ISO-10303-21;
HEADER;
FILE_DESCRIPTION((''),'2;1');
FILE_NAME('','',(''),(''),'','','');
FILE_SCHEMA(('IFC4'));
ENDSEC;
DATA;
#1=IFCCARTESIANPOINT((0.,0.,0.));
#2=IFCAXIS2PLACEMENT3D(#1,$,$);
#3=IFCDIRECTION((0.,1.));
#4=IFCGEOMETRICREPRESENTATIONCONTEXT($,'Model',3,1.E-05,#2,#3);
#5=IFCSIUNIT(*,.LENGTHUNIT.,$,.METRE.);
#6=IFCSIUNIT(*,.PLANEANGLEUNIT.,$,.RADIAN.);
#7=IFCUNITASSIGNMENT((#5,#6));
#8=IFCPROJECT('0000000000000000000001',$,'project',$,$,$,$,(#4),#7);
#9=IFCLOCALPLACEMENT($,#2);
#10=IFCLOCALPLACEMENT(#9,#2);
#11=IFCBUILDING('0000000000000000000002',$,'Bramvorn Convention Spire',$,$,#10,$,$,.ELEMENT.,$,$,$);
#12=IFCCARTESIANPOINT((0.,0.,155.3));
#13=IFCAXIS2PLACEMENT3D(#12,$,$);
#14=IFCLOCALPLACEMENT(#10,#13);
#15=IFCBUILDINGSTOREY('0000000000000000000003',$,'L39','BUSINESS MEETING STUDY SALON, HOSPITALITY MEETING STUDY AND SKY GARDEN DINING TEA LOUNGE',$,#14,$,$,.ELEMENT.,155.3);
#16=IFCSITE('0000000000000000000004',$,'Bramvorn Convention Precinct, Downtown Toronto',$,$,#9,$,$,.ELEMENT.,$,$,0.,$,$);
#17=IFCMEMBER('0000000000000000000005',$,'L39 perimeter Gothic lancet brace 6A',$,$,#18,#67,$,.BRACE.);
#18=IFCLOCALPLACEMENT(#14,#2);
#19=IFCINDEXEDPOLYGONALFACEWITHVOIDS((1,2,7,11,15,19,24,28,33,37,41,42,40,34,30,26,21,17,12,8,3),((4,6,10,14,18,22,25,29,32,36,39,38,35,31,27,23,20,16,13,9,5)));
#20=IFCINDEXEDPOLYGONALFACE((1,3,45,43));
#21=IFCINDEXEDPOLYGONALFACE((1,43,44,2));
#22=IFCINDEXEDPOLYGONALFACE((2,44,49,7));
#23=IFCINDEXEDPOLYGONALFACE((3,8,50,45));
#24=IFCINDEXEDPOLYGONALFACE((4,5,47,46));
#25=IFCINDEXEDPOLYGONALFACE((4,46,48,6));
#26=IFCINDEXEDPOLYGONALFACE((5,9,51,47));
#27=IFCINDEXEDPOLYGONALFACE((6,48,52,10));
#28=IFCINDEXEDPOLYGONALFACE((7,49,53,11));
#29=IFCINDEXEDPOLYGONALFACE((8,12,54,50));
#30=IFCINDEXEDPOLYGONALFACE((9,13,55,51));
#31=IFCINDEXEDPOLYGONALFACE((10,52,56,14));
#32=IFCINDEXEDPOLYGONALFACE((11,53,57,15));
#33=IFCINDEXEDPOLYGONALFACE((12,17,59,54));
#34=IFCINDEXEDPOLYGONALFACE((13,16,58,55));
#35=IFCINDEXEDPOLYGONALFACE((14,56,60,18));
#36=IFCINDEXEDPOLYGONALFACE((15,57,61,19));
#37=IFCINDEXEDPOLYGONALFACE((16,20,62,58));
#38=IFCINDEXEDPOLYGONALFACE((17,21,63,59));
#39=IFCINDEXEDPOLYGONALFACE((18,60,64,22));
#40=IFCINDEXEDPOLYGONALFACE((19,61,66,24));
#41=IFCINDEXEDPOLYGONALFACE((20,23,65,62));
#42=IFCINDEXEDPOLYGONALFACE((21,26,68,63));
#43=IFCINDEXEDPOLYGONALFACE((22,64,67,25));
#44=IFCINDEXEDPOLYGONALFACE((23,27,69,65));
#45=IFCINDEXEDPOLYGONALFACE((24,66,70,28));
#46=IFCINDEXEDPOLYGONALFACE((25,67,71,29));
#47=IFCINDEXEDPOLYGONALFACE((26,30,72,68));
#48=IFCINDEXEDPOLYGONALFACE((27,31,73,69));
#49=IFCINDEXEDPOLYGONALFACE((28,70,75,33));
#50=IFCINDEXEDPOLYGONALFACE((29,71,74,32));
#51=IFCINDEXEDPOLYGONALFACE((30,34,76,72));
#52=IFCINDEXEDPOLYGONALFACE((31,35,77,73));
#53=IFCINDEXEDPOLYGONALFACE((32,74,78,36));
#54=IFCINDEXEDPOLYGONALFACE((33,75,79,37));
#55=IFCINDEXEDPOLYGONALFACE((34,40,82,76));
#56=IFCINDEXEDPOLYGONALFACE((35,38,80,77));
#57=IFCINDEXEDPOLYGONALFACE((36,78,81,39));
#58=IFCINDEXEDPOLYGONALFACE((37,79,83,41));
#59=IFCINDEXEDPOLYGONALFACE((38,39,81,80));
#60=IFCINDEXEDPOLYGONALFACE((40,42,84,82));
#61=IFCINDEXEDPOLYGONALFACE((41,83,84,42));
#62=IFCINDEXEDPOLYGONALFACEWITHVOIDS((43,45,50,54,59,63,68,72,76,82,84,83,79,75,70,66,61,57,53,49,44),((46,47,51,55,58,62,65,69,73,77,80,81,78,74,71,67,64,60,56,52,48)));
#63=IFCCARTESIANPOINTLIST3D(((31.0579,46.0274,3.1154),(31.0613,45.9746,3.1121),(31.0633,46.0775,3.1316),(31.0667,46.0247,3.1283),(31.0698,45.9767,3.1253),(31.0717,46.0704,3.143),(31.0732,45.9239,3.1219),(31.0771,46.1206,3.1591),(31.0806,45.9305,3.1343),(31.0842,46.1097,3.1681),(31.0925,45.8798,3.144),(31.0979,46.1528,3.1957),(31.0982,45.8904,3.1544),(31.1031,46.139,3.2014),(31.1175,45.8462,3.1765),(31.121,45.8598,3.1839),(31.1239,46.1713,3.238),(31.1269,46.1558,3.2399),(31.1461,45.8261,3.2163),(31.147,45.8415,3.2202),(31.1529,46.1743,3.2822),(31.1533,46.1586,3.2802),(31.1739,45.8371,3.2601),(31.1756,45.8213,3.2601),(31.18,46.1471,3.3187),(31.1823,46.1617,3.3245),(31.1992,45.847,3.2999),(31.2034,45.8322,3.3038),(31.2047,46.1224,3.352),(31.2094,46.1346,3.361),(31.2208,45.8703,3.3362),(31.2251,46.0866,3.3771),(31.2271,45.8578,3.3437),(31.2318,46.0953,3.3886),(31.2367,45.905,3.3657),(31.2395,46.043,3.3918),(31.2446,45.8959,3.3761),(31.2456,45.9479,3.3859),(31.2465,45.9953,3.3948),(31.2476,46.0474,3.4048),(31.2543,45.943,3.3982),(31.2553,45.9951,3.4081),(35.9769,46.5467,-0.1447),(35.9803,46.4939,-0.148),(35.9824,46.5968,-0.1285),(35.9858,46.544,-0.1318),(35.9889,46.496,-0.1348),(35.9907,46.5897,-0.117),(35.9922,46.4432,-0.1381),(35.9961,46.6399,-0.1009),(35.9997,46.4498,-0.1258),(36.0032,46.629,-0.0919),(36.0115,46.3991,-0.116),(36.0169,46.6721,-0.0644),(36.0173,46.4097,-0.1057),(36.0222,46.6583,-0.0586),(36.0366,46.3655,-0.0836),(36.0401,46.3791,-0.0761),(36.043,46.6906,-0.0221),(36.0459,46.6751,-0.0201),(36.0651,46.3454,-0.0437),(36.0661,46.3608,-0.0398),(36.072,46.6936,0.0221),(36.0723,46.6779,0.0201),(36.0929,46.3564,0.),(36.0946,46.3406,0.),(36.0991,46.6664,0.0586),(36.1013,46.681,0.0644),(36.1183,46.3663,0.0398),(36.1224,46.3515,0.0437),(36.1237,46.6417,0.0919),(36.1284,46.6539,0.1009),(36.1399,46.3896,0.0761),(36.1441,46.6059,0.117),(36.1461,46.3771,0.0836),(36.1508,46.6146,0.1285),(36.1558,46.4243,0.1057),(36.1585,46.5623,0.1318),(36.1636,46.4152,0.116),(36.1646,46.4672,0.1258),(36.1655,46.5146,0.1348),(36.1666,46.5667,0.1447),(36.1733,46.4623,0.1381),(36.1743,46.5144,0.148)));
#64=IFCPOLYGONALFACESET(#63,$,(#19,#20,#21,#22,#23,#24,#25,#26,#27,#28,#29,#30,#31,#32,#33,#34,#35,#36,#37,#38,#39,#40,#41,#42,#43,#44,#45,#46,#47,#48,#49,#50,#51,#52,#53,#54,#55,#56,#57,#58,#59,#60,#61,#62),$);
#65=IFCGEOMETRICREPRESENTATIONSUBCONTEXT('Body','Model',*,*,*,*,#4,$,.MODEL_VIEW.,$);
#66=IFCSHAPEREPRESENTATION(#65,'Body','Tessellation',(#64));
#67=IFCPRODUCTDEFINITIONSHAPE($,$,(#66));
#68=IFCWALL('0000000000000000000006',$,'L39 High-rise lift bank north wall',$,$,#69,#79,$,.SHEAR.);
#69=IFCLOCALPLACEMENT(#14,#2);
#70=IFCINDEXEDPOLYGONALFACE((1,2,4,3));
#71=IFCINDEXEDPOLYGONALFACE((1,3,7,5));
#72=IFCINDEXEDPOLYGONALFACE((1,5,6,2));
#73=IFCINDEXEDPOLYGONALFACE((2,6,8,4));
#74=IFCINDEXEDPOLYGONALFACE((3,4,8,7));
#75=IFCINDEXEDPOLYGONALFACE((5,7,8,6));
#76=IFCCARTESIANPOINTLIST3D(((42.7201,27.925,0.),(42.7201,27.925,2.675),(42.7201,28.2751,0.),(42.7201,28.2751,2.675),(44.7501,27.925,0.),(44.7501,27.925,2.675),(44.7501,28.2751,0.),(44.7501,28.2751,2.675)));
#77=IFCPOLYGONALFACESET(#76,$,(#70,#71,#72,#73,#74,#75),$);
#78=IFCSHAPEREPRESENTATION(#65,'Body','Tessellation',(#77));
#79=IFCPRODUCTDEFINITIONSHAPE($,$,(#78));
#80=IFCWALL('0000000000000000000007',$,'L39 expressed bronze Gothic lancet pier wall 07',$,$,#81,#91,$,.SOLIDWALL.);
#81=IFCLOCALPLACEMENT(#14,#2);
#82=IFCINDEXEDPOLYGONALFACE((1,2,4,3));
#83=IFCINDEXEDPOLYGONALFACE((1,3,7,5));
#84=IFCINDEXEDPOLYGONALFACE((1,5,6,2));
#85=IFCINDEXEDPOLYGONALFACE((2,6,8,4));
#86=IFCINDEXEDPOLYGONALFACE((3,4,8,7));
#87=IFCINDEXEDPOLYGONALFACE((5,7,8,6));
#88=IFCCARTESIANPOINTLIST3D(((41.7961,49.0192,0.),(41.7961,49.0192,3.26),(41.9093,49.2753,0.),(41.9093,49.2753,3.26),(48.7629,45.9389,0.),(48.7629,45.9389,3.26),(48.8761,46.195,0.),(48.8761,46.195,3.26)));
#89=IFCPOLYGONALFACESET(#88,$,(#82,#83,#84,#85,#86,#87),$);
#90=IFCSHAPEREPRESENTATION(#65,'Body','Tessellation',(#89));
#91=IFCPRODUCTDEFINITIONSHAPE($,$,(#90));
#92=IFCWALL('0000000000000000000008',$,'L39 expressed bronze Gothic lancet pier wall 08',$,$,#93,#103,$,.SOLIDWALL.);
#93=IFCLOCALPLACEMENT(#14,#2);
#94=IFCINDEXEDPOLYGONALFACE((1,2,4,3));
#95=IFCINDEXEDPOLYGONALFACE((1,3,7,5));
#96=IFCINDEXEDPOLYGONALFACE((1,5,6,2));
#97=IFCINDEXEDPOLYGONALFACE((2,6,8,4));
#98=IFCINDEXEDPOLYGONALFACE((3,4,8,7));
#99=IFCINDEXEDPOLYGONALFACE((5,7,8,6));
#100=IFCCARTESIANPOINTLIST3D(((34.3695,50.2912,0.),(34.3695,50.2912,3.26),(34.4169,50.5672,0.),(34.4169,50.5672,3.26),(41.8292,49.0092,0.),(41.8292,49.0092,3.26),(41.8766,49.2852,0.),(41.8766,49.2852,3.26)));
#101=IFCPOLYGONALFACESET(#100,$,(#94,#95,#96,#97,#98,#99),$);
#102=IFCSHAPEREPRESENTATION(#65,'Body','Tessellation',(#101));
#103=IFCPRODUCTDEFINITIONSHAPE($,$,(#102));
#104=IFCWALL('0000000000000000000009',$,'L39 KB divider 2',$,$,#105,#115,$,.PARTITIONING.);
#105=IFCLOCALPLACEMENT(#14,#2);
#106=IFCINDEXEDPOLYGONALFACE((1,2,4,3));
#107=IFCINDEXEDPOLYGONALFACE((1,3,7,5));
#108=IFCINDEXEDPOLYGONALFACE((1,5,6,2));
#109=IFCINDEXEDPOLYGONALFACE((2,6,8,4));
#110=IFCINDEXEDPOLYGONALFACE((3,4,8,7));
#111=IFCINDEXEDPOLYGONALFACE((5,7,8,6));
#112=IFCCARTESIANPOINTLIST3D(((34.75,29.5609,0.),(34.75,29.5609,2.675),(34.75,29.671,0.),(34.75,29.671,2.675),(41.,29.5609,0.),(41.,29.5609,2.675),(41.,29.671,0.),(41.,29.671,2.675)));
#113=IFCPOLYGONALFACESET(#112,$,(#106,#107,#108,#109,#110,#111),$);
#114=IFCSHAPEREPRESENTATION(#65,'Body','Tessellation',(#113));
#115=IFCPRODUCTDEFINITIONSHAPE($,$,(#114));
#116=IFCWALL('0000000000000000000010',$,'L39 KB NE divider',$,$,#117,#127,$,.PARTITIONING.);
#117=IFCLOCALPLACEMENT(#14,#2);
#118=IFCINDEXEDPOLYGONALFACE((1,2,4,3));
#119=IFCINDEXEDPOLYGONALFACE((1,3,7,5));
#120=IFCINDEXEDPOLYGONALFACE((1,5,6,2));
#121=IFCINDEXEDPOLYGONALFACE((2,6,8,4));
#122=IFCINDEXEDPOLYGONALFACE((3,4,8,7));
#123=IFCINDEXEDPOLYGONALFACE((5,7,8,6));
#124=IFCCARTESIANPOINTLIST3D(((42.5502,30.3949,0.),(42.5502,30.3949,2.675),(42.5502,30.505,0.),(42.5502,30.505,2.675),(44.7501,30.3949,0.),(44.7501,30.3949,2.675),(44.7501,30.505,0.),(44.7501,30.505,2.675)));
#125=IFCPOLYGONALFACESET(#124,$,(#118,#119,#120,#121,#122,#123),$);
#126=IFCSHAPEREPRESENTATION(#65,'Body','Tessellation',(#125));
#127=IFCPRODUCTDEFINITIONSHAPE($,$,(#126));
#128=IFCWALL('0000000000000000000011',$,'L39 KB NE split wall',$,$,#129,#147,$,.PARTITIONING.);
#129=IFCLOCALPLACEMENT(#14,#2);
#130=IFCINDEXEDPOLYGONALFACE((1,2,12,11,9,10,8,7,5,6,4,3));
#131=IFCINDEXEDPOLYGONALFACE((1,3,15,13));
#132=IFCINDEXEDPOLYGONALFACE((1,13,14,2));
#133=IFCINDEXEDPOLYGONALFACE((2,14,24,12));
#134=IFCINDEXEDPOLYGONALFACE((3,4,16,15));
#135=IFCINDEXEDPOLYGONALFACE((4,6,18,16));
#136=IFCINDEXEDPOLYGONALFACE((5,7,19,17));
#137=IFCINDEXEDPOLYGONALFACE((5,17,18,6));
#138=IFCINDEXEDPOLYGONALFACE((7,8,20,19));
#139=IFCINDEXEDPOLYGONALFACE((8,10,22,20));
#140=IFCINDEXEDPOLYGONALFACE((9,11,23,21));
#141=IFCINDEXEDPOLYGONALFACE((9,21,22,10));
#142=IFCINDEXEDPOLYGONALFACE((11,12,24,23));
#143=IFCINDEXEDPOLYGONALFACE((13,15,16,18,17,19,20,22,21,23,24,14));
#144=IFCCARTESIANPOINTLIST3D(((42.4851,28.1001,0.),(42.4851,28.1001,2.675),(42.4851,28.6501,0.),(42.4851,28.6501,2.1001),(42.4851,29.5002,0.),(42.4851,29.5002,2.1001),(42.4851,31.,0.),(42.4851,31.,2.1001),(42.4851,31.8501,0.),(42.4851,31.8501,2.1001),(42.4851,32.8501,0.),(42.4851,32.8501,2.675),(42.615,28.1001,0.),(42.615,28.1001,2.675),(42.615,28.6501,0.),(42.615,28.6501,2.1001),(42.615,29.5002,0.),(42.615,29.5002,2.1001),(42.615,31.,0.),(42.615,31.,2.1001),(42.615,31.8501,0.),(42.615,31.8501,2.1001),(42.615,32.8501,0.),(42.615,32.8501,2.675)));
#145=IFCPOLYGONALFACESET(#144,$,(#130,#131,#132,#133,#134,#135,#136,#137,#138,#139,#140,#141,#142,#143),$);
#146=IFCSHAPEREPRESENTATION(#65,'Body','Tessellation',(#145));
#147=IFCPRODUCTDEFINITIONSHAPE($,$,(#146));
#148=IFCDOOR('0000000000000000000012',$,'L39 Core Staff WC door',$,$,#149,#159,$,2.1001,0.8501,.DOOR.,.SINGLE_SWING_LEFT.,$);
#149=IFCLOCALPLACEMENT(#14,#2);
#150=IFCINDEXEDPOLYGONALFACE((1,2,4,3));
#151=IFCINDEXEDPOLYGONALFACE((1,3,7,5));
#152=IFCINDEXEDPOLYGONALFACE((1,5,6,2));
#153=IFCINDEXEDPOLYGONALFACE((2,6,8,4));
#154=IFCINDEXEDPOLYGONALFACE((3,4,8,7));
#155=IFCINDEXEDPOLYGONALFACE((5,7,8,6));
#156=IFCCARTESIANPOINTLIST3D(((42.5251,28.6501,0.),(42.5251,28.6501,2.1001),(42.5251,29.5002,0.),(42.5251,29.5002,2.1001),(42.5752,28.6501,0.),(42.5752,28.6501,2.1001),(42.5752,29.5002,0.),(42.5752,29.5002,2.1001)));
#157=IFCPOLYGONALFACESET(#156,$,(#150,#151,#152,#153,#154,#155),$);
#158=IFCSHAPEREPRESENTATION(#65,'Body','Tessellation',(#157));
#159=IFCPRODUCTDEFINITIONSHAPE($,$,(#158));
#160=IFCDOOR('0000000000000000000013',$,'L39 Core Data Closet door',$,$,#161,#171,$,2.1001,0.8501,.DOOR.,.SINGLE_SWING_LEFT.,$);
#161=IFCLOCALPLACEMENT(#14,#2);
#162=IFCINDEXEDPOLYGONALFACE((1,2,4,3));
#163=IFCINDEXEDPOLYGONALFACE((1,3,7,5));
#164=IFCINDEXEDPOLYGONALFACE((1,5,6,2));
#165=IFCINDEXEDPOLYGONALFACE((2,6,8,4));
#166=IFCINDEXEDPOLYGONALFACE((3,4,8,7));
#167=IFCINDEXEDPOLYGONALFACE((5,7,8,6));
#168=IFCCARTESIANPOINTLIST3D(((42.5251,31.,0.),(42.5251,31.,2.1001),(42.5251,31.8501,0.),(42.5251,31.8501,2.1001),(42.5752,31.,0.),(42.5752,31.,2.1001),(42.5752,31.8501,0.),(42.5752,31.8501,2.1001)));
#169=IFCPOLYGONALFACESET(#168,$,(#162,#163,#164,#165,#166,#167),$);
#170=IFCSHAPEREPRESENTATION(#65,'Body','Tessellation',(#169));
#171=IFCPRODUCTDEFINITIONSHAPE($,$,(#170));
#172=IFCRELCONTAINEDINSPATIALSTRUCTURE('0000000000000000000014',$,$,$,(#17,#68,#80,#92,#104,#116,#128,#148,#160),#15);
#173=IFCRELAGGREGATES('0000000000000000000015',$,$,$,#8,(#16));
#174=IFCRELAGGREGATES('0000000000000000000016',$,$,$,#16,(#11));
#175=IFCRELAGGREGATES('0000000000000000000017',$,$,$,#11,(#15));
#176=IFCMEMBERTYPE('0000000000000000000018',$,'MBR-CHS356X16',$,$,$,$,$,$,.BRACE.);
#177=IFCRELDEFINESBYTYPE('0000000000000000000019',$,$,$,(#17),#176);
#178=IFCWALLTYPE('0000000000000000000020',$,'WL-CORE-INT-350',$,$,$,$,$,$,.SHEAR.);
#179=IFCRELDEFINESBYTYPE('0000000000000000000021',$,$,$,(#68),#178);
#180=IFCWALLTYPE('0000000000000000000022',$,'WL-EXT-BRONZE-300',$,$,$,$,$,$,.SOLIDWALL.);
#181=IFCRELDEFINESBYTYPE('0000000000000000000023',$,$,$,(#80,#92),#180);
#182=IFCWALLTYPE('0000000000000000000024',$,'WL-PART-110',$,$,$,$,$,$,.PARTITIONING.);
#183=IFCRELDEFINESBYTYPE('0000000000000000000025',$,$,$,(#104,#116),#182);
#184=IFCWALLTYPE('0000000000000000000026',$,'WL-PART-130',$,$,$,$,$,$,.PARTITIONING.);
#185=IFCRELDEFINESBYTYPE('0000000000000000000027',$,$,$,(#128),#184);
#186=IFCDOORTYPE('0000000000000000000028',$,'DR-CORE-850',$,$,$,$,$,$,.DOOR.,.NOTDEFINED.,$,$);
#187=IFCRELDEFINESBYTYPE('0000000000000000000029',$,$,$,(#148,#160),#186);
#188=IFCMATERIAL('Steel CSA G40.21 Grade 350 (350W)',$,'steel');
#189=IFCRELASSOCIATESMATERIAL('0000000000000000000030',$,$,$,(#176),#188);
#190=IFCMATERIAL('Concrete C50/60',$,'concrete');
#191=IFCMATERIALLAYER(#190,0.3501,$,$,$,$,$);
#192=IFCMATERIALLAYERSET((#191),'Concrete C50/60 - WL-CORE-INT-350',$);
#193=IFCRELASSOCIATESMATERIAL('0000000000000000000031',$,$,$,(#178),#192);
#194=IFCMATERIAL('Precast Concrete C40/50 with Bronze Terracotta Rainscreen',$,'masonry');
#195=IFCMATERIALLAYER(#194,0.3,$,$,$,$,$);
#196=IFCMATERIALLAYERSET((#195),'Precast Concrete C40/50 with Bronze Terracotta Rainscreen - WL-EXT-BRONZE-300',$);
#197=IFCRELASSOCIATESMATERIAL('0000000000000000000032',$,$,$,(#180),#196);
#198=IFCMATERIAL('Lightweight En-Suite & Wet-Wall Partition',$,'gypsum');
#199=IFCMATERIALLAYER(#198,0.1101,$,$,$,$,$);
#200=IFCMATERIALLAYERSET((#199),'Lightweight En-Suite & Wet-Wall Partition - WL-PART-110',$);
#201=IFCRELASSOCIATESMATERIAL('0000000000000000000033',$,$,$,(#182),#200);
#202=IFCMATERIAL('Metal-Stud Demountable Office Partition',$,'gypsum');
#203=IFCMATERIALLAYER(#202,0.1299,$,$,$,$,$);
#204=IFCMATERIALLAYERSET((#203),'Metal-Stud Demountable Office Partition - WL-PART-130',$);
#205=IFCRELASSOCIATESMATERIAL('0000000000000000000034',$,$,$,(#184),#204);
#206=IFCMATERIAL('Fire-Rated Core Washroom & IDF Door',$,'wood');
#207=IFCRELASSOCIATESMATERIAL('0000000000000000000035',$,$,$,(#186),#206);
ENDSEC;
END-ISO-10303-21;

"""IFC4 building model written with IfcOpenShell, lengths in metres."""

from ifc_helpers import new_model, si_unit, direction, frame, frame_2d, origin, origin_2d, place, context, subcontext, project, spatial, rectangle, hollow_circle, extrude, material, layer, layer_set, material_profile, profile_set, type_object, element, fill, save


model = new_model("IFC4")

# Units and contexts
model_context = context("Model", 3, precision=1e-05, world=origin(), true_north=direction((0.0, 1.0)))
body_context = subcontext(model_context, "Body", "Model", "MODEL_VIEW")
ifc_project = project(units=[si_unit("LENGTHUNIT", "METRE"), si_unit("PLANEANGLEUNIT", "RADIAN")], contexts=[model_context])

# Site, building, storey
site_placement = place(None, origin())
site = spatial("IfcSite", under=ifc_project, at=site_placement, Name="Bramvorn Convention Precinct, Downtown Toronto", CompositionType="ELEMENT", RefElevation=0.0)
building_placement = place(site_placement, origin())
building = spatial("IfcBuilding", under=site, at=building_placement, Name="Bramvorn Convention Spire", CompositionType="ELEMENT")
storey_placement = place(building_placement, frame((0.0, 0.0, 155.3)))
storey = spatial("IfcBuildingStorey", under=building, at=storey_placement, Name="L39", Description="BUSINESS MEETING STUDY SALON, HOSPITALITY MEETING STUDY AND SKY GARDEN DINING TEA LOUNGE", CompositionType="ELEMENT", Elevation=155.3)

# Shared definitions
ifc_material_1 = material(Name="Steel CSA G40.21 Grade 350 (350W)", Category="steel")

# Member
ifc_material_profile_1 = material_profile(ifc_material_1, hollow_circle(Radius=0.1777, WallThickness=0.0159, at=origin_2d()))
ifc_profile_set_1 = profile_set([ifc_material_profile_1], Name="Steel CSA G40.21 Grade 350 (350W) - CHS356X16")
member_type = type_object("IfcMemberType", Name="MBR-CHS356X16", PredefinedType="BRACE", material=ifc_profile_set_1)
member_placement = place(storey_placement, frame((36.0759, 46.5173, 0.0), z_axis=(-0.830347, -0.087659, 0.550309), x_axis=(0.104985, -0.994474, 0.0)))
element("IfcMember", 1, at=member_placement, inside=storey, type_object=member_type, Name="L39 perimeter Gothic lancet brace 6A", PredefinedType="BRACE", context=body_context, shape_type="SweptSolid", body=[
    extrude(hollow_circle(Radius=0.1777, WallThickness=0.0159, at=origin_2d()), origin(), (0.0, 0.0, 1.0), 5.9241),
])

# Shared definitions
ifc_material_2 = material(Name="Concrete C50/60", Category="concrete")
ifc_layer_1 = layer(ifc_material_2, 0.3501)
ifc_layer_set_1 = layer_set([ifc_layer_1], Name="Concrete C50/60 - WL-CORE-INT-350")
wall_type_1 = type_object("IfcWallType", Name="WL-CORE-INT-350", PredefinedType="SHEAR", material=ifc_layer_set_1)

# Walls
wall_1_placement = place(storey_placement, frame((42.72, 28.1001, 0.0), z_axis=(0.0, 0.0, 1.0), x_axis=(1.0, 0.0, 0.0)))
element("IfcWall", 2, at=wall_1_placement, inside=storey, type_object=wall_type_1, Name="L39 High-rise lift bank north wall", PredefinedType="SHEAR", context=body_context, shape_type="SweptSolid", body=[
    extrude(rectangle(XDim=2.03, YDim=0.3501, at=frame_2d((1.0151, 0.0))), origin(), (0.0, 0.0, 1.0), 2.675),
])
ifc_material_3 = material(Name="Precast Concrete C40/50 with Bronze Terracotta Rainscreen", Category="masonry")
ifc_layer_2 = layer(ifc_material_3, 0.3)
ifc_layer_set_2 = layer_set([ifc_layer_2], Name="Precast Concrete C40/50 with Bronze Terracotta Rainscreen - WL-EXT-BRONZE-300")
wall_type_2 = type_object("IfcWallType", Name="WL-EXT-BRONZE-300", PredefinedType="SOLIDWALL", material=ifc_layer_set_2)
wall_2_placement = place(storey_placement, frame((41.8528, 49.1472, 0.0), z_axis=(0.0, 0.0, 1.0), x_axis=(0.914591, -0.40438, 0.0)))
element("IfcWall", 3, at=wall_2_placement, inside=storey, type_object=wall_type_2, Name="L39 expressed bronze Gothic lancet pier wall 07", PredefinedType="SOLIDWALL", context=body_context, shape_type="SweptSolid", body=[
    extrude(rectangle(XDim=7.6174, YDim=0.28, at=frame_2d((3.8086, 0.0))), origin(), (0.0, 0.0, 1.0), 3.26),
])
wall_3_placement = place(storey_placement, frame((34.3931, 50.4292, 0.0), z_axis=(0.0, 0.0, 1.0), x_axis=(0.985552, -0.169371, 0.0)))
element("IfcWall", 4, at=wall_3_placement, inside=storey, type_object=wall_type_2, Name="L39 expressed bronze Gothic lancet pier wall 08", PredefinedType="SOLIDWALL", context=body_context, shape_type="SweptSolid", body=[
    extrude(rectangle(XDim=7.5691, YDim=0.28, at=frame_2d((3.7847, 0.0))), origin(), (0.0, 0.0, 1.0), 3.26),
])
ifc_material_4 = material(Name="Lightweight En-Suite & Wet-Wall Partition", Category="gypsum")
ifc_layer_3 = layer(ifc_material_4, 0.1101)
ifc_layer_set_3 = layer_set([ifc_layer_3], Name="Lightweight En-Suite & Wet-Wall Partition - WL-PART-110")
wall_type_3 = type_object("IfcWallType", Name="WL-PART-110", PredefinedType="PARTITIONING", material=ifc_layer_set_3)
wall_4_placement = place(storey_placement, frame((34.75, 29.616, 0.0), z_axis=(0.0, 0.0, 1.0), x_axis=(1.0, 0.0, 0.0)))
element("IfcWall", 5, at=wall_4_placement, inside=storey, type_object=wall_type_3, Name="L39 KB divider 2", PredefinedType="PARTITIONING", context=body_context, shape_type="SweptSolid", body=[
    extrude(rectangle(XDim=6.25, YDim=0.1101, at=frame_2d((3.125, 0.0))), origin(), (0.0, 0.0, 1.0), 2.675),
])
wall_5_placement = place(storey_placement, frame((42.55, 30.45, 0.0), z_axis=(0.0, 0.0, 1.0), x_axis=(1.0, 0.0, 0.0)))
element("IfcWall", 6, at=wall_5_placement, inside=storey, type_object=wall_type_3, Name="L39 KB NE divider", PredefinedType="PARTITIONING", context=body_context, shape_type="SweptSolid", body=[
    extrude(rectangle(XDim=2.2, YDim=0.1101, at=frame_2d((1.1001, 0.0))), origin(), (0.0, 0.0, 1.0), 2.675),
])

# Wall, openings, doors
ifc_material_5 = material(Name="Metal-Stud Demountable Office Partition", Category="gypsum")
ifc_layer_4 = layer(ifc_material_5, 0.1299)
ifc_layer_set_4 = layer_set([ifc_layer_4], Name="Metal-Stud Demountable Office Partition - WL-PART-130")
wall_type_4 = type_object("IfcWallType", Name="WL-PART-130", PredefinedType="PARTITIONING", material=ifc_layer_set_4)
wall_6_placement = place(storey_placement, frame((42.55, 28.1001, 0.0), z_axis=(0.0, 0.0, 1.0), x_axis=(0.0, 1.0, 0.0)))
wall_6 = element("IfcWall", 7, at=wall_6_placement, inside=storey, type_object=wall_type_4, Name="L39 KB NE split wall", PredefinedType="PARTITIONING", context=body_context, shape_type="SweptSolid", body=[
    extrude(rectangle(XDim=4.75, YDim=0.1299, at=frame_2d((2.375, 0.0))), origin(), (0.0, 0.0, 1.0), 2.675),
])
opening_1_placement = place(wall_6_placement, frame((0.55, 0.0, 0.0)))
opening_1 = element("IfcOpeningElement", 8, at=opening_1_placement, cuts=wall_6, PredefinedType="OPENING", context=body_context, shape_type="SweptSolid", body=[
    extrude(rectangle(XDim=0.8501, YDim=2.1001, at=frame_2d((0.425, 1.05))), frame((0.0, 0.075, 0.0), z_axis=(0.0, -1.0, 0.0), x_axis=(1.0, 0.0, 0.0)), (0.0, 0.0, 1.0), 0.1499),
])
opening_2_placement = place(wall_6_placement, frame((2.8999, 0.0, 0.0)))
opening_2 = element("IfcOpeningElement", 9, at=opening_2_placement, cuts=wall_6, PredefinedType="OPENING", context=body_context, shape_type="SweptSolid", body=[
    extrude(rectangle(XDim=0.8501, YDim=2.1001, at=frame_2d((0.425, 1.05))), frame((0.0, 0.075, 0.0), z_axis=(0.0, -1.0, 0.0), x_axis=(1.0, 0.0, 0.0)), (0.0, 0.0, 1.0), 0.1499),
])
ifc_material_6 = material(Name="Fire-Rated Core Washroom & IDF Door", Category="wood")
door_type_1 = type_object("IfcDoorType", Name="DR-CORE-850", OperationType="NOTDEFINED", PredefinedType="DOOR", material=ifc_material_6)
door_1_placement = place(opening_1_placement, origin())
door_1 = element("IfcDoor", 10, at=door_1_placement, inside=storey, type_object=door_type_1, Name="L39 Core Staff WC door", OperationType="SINGLE_SWING_LEFT", OverallHeight=2.1001, OverallWidth=0.8501, PredefinedType="DOOR", context=body_context, shape_type="SweptSolid", body=[
    extrude(rectangle(XDim=0.8501, YDim=2.1001, at=frame_2d((0.425, 1.05))), frame((0.0, 0.0249, 0.0), z_axis=(0.0, -1.0, 0.0), x_axis=(1.0, 0.0, 0.0)), (0.0, 0.0, 1.0), 0.05),
])
fill(opening_1, door_1)
door_2_placement = place(opening_2_placement, origin())
door_2 = element("IfcDoor", 11, at=door_2_placement, inside=storey, type_object=door_type_1, Name="L39 Core Data Closet door", OperationType="SINGLE_SWING_LEFT", OverallHeight=2.1001, OverallWidth=0.8501, PredefinedType="DOOR", context=body_context, shape_type="SweptSolid", body=[
    extrude(rectangle(XDim=0.8501, YDim=2.1001, at=frame_2d((0.425, 1.05))), frame((0.0, 0.0249, 0.0), z_axis=(0.0, -1.0, 0.0), x_axis=(1.0, 0.0, 0.0)), (0.0, 0.0, 1.0), 0.05),
])
fill(opening_2, door_2)

save(model, "model.ifc")
